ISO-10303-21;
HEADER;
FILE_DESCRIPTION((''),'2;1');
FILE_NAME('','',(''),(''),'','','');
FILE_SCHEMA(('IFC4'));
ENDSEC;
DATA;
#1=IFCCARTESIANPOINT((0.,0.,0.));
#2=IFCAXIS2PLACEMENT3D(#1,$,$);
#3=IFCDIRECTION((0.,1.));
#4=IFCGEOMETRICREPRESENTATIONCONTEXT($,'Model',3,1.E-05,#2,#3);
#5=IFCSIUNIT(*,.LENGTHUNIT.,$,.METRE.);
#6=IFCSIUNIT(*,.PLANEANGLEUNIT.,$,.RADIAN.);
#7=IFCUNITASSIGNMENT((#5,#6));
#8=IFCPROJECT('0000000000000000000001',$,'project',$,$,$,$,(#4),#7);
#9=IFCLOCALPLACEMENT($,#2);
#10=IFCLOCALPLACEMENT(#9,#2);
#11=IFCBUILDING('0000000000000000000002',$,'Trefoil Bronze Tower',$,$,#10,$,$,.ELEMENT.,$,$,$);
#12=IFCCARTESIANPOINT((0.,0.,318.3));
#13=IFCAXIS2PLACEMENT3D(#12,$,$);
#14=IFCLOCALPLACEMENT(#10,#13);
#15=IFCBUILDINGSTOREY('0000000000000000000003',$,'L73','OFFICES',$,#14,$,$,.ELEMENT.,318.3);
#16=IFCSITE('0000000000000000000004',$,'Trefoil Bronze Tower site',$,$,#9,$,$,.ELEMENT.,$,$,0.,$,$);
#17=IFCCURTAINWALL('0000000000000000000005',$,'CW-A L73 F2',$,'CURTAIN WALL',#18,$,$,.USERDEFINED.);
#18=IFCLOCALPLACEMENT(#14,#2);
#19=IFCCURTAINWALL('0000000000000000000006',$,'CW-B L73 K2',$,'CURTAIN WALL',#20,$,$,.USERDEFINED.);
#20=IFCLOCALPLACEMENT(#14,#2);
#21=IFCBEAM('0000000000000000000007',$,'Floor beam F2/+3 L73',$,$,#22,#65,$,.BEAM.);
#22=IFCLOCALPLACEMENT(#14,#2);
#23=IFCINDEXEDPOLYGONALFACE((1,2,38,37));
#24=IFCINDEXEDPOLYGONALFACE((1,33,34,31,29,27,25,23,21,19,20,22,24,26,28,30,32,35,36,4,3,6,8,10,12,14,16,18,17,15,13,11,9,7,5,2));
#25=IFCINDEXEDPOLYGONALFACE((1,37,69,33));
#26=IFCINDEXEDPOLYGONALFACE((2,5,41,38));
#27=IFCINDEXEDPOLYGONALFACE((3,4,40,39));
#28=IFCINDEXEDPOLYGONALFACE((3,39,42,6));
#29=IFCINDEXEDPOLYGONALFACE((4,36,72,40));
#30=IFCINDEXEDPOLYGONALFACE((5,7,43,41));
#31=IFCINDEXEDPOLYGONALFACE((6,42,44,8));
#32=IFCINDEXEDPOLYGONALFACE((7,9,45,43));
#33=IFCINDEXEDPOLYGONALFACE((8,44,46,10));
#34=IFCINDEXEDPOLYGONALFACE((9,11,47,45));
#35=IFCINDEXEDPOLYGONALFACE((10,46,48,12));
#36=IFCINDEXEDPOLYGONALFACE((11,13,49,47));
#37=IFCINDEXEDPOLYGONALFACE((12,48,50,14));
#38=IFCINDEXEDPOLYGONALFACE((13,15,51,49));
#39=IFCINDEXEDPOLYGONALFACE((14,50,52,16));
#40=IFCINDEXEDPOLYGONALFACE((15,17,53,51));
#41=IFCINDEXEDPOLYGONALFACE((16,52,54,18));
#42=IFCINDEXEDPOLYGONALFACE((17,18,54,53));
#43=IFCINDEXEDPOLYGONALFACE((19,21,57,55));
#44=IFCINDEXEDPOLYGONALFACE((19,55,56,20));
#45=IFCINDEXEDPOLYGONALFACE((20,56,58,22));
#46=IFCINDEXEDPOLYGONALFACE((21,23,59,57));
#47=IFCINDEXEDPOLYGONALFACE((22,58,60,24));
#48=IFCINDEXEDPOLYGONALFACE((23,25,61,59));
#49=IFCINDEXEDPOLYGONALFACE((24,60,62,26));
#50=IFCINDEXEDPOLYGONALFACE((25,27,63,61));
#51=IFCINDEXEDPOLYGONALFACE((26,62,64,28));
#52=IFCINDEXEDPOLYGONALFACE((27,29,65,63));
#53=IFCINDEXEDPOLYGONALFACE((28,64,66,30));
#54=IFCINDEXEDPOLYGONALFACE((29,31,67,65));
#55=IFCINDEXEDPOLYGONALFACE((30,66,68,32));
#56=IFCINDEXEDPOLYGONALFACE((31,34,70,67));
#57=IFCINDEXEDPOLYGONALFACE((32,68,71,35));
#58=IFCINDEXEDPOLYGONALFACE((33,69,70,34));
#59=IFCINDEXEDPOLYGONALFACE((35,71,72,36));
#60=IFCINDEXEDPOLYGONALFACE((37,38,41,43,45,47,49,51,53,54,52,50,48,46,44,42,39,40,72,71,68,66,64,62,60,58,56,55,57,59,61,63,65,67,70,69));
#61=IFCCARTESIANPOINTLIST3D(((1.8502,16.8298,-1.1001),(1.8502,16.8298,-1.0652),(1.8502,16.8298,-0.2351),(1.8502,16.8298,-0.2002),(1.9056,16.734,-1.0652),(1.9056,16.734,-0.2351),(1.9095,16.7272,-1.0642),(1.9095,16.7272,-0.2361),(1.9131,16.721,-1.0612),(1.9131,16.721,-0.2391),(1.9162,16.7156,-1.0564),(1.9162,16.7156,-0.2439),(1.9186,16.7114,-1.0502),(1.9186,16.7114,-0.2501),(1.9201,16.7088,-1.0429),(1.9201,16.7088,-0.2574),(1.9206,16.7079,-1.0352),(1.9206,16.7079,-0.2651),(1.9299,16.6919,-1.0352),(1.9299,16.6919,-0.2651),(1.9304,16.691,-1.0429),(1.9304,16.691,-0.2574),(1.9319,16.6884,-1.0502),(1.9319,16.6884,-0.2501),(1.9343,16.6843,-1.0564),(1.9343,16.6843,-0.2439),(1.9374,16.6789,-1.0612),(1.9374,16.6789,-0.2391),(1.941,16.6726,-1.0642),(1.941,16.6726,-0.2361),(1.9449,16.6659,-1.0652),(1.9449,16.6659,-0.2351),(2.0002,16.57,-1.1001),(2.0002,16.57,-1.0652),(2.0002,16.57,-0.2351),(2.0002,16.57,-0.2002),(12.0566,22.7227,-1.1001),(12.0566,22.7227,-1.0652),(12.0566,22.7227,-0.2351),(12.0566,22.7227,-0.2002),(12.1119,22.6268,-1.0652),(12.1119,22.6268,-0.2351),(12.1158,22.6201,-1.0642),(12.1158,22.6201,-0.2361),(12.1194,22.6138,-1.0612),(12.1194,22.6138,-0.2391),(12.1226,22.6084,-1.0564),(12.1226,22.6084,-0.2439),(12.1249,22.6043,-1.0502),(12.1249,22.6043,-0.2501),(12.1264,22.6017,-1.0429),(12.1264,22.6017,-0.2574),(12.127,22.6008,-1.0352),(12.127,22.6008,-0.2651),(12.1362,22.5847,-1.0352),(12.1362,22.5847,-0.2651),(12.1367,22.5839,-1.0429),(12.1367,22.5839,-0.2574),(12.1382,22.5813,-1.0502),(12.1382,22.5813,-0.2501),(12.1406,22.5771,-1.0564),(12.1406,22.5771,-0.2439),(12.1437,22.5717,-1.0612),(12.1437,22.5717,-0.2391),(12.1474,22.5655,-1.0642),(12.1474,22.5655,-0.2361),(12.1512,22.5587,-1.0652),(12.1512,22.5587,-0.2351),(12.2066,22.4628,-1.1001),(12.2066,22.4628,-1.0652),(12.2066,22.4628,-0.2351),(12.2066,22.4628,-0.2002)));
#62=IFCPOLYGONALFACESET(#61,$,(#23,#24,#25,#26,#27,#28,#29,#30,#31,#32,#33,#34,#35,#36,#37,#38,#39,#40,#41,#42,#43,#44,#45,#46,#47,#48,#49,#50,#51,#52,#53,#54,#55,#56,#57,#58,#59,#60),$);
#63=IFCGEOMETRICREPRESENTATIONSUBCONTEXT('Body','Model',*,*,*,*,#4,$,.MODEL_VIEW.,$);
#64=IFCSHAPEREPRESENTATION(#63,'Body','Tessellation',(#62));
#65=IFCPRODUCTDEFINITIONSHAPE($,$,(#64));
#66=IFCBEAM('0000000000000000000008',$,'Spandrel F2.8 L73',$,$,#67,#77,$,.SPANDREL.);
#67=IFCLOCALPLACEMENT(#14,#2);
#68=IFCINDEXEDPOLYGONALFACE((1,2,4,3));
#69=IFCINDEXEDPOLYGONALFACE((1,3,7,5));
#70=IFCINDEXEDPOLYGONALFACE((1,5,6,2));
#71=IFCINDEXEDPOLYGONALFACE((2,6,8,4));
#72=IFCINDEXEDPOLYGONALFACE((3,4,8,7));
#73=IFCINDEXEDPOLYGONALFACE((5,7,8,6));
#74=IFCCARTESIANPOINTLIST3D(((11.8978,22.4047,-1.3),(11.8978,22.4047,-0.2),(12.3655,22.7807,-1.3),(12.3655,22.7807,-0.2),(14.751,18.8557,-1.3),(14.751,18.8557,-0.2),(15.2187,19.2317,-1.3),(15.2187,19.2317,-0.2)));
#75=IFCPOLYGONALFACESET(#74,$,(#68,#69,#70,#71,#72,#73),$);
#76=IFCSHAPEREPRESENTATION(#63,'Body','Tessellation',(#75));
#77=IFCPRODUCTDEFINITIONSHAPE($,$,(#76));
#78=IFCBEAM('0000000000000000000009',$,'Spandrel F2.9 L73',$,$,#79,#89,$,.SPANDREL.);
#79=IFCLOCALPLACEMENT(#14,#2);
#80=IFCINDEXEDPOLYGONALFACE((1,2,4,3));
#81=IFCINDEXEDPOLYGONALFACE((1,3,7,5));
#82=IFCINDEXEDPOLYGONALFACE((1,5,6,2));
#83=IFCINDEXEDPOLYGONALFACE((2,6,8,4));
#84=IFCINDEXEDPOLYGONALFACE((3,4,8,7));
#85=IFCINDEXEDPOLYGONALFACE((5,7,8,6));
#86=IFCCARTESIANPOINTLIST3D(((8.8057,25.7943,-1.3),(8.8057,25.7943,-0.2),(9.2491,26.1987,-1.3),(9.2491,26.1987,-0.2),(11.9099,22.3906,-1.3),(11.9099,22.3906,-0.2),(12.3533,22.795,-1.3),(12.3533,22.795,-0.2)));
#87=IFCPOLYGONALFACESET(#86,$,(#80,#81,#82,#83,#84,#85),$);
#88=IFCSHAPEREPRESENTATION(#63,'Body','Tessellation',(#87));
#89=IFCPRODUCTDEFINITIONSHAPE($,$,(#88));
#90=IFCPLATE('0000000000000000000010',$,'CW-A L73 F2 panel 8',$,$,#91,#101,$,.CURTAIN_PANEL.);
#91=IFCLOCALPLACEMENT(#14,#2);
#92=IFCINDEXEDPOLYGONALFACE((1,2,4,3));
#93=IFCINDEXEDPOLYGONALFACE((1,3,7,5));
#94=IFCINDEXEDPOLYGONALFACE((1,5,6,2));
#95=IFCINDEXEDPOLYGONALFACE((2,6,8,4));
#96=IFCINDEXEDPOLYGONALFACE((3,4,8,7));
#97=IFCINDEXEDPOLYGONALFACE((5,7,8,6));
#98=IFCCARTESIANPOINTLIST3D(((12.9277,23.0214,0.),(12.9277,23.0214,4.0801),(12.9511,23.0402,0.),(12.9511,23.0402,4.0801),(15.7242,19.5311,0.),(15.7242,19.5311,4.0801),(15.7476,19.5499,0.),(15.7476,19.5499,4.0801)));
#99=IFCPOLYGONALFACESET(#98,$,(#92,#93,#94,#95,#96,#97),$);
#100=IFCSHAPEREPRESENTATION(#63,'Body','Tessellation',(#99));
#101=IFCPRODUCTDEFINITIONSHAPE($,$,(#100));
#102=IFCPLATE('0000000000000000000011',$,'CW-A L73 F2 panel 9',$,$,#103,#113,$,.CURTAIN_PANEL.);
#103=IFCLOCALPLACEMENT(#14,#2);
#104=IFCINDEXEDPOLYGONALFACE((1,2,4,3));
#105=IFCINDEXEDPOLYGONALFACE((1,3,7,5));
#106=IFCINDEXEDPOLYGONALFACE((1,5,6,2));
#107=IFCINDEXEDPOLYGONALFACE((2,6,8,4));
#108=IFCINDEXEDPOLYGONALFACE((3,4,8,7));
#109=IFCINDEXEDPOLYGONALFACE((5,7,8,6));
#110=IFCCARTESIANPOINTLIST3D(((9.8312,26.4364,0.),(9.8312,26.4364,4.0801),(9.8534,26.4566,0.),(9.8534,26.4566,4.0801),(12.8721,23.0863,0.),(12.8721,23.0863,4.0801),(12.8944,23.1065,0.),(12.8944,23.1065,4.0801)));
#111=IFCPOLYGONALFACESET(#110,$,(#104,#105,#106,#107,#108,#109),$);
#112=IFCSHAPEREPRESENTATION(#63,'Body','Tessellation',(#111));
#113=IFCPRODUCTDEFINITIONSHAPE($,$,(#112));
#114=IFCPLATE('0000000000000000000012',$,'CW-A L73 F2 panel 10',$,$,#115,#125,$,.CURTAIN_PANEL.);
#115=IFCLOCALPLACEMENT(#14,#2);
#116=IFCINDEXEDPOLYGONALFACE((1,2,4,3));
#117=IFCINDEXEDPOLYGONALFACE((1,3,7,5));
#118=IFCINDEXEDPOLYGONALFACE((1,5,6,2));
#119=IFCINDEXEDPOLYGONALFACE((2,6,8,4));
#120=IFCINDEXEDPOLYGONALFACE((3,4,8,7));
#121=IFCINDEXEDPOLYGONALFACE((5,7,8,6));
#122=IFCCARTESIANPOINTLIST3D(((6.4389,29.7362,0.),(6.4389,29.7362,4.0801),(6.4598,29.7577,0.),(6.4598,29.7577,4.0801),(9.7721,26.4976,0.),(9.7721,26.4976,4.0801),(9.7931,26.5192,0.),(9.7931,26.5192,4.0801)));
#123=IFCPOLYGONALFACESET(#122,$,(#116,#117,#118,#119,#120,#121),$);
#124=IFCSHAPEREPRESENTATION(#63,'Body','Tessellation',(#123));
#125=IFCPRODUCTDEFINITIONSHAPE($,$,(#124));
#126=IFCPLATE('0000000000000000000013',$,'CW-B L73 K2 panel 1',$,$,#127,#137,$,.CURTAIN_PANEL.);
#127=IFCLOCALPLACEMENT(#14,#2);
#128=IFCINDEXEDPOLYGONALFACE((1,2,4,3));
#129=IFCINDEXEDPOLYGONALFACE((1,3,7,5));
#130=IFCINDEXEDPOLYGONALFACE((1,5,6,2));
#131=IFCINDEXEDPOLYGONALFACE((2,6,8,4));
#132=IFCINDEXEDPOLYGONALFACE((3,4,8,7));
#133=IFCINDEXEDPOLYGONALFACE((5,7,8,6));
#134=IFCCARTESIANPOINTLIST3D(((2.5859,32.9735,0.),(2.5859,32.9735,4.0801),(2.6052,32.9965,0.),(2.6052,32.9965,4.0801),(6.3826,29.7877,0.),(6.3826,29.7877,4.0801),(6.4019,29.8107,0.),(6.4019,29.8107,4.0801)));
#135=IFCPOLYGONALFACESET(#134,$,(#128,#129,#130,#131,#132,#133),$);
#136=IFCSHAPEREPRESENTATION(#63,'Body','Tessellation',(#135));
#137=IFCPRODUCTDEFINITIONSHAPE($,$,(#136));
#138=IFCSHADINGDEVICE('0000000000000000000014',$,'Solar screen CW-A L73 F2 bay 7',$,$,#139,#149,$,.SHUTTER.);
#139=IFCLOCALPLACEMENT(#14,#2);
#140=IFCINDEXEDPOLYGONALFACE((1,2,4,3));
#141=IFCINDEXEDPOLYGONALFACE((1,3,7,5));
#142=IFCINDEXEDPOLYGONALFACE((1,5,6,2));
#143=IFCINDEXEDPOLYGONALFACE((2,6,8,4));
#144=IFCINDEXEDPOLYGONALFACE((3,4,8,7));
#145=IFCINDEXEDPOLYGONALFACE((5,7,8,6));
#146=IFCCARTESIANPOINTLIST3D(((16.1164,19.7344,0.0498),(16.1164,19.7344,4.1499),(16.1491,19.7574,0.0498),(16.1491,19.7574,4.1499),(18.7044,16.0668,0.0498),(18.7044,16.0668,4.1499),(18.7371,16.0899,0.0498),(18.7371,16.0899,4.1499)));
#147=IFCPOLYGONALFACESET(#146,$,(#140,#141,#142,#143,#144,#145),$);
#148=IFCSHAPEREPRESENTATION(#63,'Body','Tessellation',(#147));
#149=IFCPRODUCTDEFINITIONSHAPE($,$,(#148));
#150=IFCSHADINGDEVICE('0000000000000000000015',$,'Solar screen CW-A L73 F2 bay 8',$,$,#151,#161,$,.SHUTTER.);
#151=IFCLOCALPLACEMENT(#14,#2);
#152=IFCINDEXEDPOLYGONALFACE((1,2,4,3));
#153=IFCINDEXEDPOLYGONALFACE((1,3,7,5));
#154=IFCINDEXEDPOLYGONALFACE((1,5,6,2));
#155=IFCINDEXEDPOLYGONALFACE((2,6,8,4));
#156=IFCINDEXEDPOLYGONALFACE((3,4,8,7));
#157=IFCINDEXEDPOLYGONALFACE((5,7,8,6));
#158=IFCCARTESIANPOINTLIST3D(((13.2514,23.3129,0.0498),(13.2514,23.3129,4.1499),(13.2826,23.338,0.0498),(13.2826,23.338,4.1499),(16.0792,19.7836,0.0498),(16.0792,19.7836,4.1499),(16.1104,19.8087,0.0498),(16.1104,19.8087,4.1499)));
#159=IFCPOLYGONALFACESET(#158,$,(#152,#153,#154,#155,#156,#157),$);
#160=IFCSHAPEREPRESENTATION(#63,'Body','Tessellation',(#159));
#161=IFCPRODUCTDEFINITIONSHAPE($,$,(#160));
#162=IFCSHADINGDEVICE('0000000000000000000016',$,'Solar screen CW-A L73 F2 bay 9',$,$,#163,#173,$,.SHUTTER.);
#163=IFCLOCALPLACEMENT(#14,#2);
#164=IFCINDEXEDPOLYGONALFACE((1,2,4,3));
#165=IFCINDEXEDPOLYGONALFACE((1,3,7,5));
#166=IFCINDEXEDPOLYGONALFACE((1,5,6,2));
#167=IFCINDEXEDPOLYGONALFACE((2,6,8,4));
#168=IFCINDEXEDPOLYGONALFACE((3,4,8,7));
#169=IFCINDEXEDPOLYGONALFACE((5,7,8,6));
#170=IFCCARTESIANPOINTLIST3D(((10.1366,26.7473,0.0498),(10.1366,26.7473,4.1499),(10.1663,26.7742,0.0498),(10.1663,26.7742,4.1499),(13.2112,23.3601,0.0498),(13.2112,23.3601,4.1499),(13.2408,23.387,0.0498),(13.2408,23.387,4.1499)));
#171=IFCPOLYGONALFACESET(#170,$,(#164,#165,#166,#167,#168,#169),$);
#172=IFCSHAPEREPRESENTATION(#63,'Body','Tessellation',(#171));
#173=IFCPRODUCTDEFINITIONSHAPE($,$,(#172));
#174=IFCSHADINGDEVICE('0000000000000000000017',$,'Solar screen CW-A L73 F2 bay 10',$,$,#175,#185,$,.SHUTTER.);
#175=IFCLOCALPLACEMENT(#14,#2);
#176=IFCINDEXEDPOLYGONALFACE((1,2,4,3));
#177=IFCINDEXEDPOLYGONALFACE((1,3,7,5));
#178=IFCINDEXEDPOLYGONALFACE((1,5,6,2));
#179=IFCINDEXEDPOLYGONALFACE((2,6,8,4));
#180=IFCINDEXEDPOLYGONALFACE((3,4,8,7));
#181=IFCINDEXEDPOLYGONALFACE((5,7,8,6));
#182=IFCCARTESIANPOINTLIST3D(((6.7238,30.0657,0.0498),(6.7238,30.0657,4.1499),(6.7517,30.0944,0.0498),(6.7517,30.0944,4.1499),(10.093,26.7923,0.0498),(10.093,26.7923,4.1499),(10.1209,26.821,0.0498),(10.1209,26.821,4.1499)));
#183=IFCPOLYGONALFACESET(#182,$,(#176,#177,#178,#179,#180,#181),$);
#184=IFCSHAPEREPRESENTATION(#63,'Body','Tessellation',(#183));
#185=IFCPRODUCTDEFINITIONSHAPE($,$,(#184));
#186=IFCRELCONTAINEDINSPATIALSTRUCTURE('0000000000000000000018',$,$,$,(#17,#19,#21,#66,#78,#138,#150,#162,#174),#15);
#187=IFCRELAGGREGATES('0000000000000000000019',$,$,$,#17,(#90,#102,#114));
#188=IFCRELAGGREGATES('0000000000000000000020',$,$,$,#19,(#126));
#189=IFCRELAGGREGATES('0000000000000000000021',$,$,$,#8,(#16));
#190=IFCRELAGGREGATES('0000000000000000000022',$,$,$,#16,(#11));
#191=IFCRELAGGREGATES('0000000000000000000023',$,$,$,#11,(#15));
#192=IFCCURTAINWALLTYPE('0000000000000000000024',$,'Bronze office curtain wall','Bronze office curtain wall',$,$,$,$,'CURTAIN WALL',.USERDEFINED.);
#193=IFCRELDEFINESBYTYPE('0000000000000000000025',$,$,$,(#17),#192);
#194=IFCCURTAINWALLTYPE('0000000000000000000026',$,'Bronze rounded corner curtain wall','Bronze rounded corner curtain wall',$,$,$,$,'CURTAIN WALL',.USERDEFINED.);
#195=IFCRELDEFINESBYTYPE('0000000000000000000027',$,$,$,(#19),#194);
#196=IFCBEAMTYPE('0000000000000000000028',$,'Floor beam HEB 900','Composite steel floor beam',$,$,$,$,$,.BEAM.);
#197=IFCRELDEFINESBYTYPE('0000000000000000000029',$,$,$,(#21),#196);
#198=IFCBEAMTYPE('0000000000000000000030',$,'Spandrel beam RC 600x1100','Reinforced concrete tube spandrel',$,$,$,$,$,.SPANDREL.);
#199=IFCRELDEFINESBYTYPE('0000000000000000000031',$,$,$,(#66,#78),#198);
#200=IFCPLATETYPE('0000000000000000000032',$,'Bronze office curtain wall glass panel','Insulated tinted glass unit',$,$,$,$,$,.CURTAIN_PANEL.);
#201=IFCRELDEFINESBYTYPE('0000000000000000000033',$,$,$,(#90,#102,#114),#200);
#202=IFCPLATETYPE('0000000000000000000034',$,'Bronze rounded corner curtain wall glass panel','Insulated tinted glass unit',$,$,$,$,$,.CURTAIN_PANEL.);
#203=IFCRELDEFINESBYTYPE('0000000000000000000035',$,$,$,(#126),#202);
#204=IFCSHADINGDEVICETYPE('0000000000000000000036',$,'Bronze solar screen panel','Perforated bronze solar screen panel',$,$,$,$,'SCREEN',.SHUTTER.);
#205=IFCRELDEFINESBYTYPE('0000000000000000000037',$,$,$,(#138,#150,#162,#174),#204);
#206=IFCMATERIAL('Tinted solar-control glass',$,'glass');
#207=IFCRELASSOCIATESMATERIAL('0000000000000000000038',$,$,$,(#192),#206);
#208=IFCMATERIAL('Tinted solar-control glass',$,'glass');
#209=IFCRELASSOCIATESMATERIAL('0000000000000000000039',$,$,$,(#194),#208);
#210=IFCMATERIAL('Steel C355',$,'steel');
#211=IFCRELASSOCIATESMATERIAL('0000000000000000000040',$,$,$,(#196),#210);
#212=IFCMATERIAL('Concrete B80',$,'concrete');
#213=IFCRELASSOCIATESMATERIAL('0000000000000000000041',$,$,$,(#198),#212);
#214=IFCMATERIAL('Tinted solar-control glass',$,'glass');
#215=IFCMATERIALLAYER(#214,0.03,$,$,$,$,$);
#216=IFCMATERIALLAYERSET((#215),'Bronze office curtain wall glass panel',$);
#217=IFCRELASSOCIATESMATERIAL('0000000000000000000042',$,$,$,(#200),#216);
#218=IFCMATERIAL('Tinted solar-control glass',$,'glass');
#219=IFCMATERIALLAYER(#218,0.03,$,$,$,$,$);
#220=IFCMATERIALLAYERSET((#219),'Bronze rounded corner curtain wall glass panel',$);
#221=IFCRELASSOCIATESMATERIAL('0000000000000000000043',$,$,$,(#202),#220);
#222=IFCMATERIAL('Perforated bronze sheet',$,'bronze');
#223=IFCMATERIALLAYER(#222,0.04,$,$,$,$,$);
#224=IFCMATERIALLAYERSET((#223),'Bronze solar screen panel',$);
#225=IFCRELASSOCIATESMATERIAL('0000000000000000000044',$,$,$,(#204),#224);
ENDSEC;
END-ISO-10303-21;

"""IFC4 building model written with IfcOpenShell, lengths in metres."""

from ifc_helpers import new_model, si_unit, direction, frame, origin, origin_2d, place, context, subcontext, project, spatial, rectangle, i_section, extrude, material, layer, layer_set, material_profile, profile_set, type_object, element, aggregate, save


model = new_model("IFC4")

# Units and contexts
model_context = context("Model", 3, precision=1e-05, world=origin(), true_north=direction((0.0, 1.0)))
body_context = subcontext(model_context, "Body", "Model", "MODEL_VIEW")
ifc_project = project(units=[si_unit("LENGTHUNIT", "METRE"), si_unit("PLANEANGLEUNIT", "RADIAN")], contexts=[model_context])

# Site, building, storey
site_placement = place(None, origin())
site = spatial("IfcSite", under=ifc_project, at=site_placement, Name="Trefoil Bronze Tower site", CompositionType="ELEMENT", RefElevation=0.0)
building_placement = place(site_placement, origin())
building = spatial("IfcBuilding", under=site, at=building_placement, Name="Trefoil Bronze Tower", CompositionType="ELEMENT")
storey_placement = place(building_placement, frame((0.0, 0.0, 318.3)))
storey = spatial("IfcBuildingStorey", under=building, at=storey_placement, Name="L73", Description="OFFICES", CompositionType="ELEMENT", Elevation=318.3)

# Curtain walls
ifc_material_1 = material(Name="Tinted solar-control glass", Category="glass")
curtain_wall_type_1 = type_object("IfcCurtainWallType", Name="Bronze office curtain wall", Description="Bronze office curtain wall", ElementType="CURTAIN WALL", PredefinedType="USERDEFINED", material=ifc_material_1)
curtain_wall_1_placement = place(storey_placement, origin())
curtain_wall_1 = element("IfcCurtainWall", 1, at=curtain_wall_1_placement, inside=storey, type_object=curtain_wall_type_1, Name="CW-A L73 F2", ObjectType="CURTAIN WALL", PredefinedType="USERDEFINED")
ifc_material_2 = material(Name="Tinted solar-control glass", Category="glass")
curtain_wall_type_2 = type_object("IfcCurtainWallType", Name="Bronze rounded corner curtain wall", Description="Bronze rounded corner curtain wall", ElementType="CURTAIN WALL", PredefinedType="USERDEFINED", material=ifc_material_2)
curtain_wall_2_placement = place(storey_placement, origin())
curtain_wall_2 = element("IfcCurtainWall", 2, at=curtain_wall_2_placement, inside=storey, type_object=curtain_wall_type_2, Name="CW-B L73 K2", ObjectType="CURTAIN WALL", PredefinedType="USERDEFINED")

# Beams
ifc_material_3 = material(Name="Steel C355", Category="steel")
ifc_material_profile_1 = material_profile(ifc_material_3, i_section(OverallWidth=0.3, OverallDepth=0.8999, WebThickness=0.0186, FlangeThickness=0.0349, FilletRadius=0.03, at=origin_2d()), Name="HEB 900")
ifc_profile_set_1 = profile_set([ifc_material_profile_1], Name="Steel C355")
beam_type_1 = type_object("IfcBeamType", Name="Floor beam HEB 900", Description="Composite steel floor beam", PredefinedType="BEAM", material=ifc_profile_set_1)
beam_1_placement = place(storey_placement, frame((12.1316, 22.5928, -0.6501), z_axis=(-0.866018, -0.500014, 0.0), x_axis=(0.500014, -0.866018, 0.0)))
element("IfcBeam", 3, at=beam_1_placement, inside=storey, type_object=beam_type_1, Name="Floor beam F2/+3 L73", PredefinedType="BEAM", context=body_context, shape_type="SweptSolid", body=[
    extrude(i_section(OverallWidth=0.3, OverallDepth=0.8999, WebThickness=0.0186, FlangeThickness=0.0349, FilletRadius=0.03, at=origin_2d()), origin(), (0.0, 0.0, 1.0), 11.7854),
])
ifc_material_4 = material(Name="Concrete B80", Category="concrete")
ifc_material_profile_2 = material_profile(ifc_material_4, rectangle(XDim=0.6001, YDim=1.1001, at=origin_2d()), Name="RC 600x1100")
ifc_profile_set_2 = profile_set([ifc_material_profile_2], Name="Concrete B80")
beam_type_2 = type_object("IfcBeamType", Name="Spandrel beam RC 600x1100", Description="Reinforced concrete tube spandrel", PredefinedType="SPANDREL", material=ifc_profile_set_2)
beam_2_placement = place(storey_placement, frame((14.9849, 19.0437, -0.75), z_axis=(-0.62657, 0.779365, 0.0), x_axis=(-0.779365, -0.62657, 0.0)))
element("IfcBeam", 4, at=beam_2_placement, inside=storey, type_object=beam_type_2, Name="Spandrel F2.8 L73", PredefinedType="SPANDREL", context=body_context, shape_type="SweptSolid", body=[
    extrude(rectangle(XDim=0.6001, YDim=1.1001, at=origin_2d()), origin(), (0.0, 0.0, 1.0), 4.5537),
])
beam_3_placement = place(storey_placement, frame((12.1316, 22.5928, -0.75), z_axis=(-0.673846, 0.738872, 0.0), x_axis=(-0.738872, -0.673846, 0.0)))
element("IfcBeam", 5, at=beam_3_placement, inside=storey, type_object=beam_type_2, Name="Spandrel F2.9 L73", PredefinedType="SPANDREL", context=body_context, shape_type="SweptSolid", body=[
    extrude(rectangle(XDim=0.6001, YDim=1.1001, at=origin_2d()), origin(), (0.0, 0.0, 1.0), 4.6067),
])

# Plates
ifc_material_5 = material(Name="Tinted solar-control glass", Category="glass")
ifc_layer_1 = layer(ifc_material_5, 0.03)
ifc_layer_set_1 = layer_set([ifc_layer_1], Name="Bronze office curtain wall glass panel")
plate_type_1 = type_object("IfcPlateType", Name="Bronze office curtain wall glass panel", Description="Insulated tinted glass unit", PredefinedType="CURTAIN_PANEL", material=ifc_layer_set_1)
plate_1_placement = place(storey_placement, frame((14.3376, 21.2856, 0.0), z_axis=(0.0, 0.0, 1.0), x_axis=(-0.625287, 0.780395, 0.0)))
plate_1 = element("IfcPlate", 6, at=plate_1_placement, type_object=plate_type_1, Name="CW-A L73 F2 panel 8", PredefinedType="CURTAIN_PANEL", context=body_context, shape_type="SweptSolid", body=[
    extrude(rectangle(XDim=4.4724, YDim=0.03, at=origin_2d()), origin(), (0.0, 0.0, 1.0), 4.0801),
])
plate_2_placement = place(storey_placement, frame((11.3628, 24.7715, 0.0), z_axis=(0.0, 0.0, 1.0), x_axis=(-0.672115, 0.740447, 0.0)))
plate_2 = element("IfcPlate", 7, at=plate_2_placement, type_object=plate_type_1, Name="CW-A L73 F2 panel 9", PredefinedType="CURTAIN_PANEL", context=body_context, shape_type="SweptSolid", body=[
    extrude(rectangle(XDim=4.5244, YDim=0.03, at=origin_2d()), origin(), (0.0, 0.0, 1.0), 4.0801),
])
plate_3_placement = place(storey_placement, frame((8.116, 28.1277, 0.0), z_axis=(0.0, 0.0, 1.0), x_axis=(-0.717218, 0.696849, 0.0)))
plate_3 = element("IfcPlate", 8, at=plate_3_placement, type_object=plate_type_1, Name="CW-A L73 F2 panel 10", PredefinedType="CURTAIN_PANEL", context=body_context, shape_type="SweptSolid", body=[
    extrude(rectangle(XDim=4.6475, YDim=0.03, at=origin_2d()), origin(), (0.0, 0.0, 1.0), 4.0801),
])
aggregate(curtain_wall_1, [plate_1, plate_2, plate_3])
ifc_material_6 = material(Name="Tinted solar-control glass", Category="glass")
ifc_layer_2 = layer(ifc_material_6, 0.03)
ifc_layer_set_2 = layer_set([ifc_layer_2], Name="Bronze rounded corner curtain wall glass panel")
plate_type_2 = type_object("IfcPlateType", Name="Bronze rounded corner curtain wall glass panel", Description="Insulated tinted glass unit", PredefinedType="CURTAIN_PANEL", material=ifc_layer_set_2)
plate_4_placement = place(storey_placement, frame((4.4939, 31.3921, 0.0), z_axis=(0.0, 0.0, 1.0), x_axis=(-0.766044, 0.642788, 0.0)))
plate_4 = element("IfcPlate", 9, at=plate_4_placement, type_object=plate_type_2, Name="CW-B L73 K2 panel 1", PredefinedType="CURTAIN_PANEL", context=body_context, shape_type="SweptSolid", body=[
    extrude(rectangle(XDim=4.9563, YDim=0.03, at=origin_2d()), origin(), (0.0, 0.0, 1.0), 4.0801),
])
aggregate(curtain_wall_2, [plate_4])

# Shading devices
ifc_material_7 = material(Name="Perforated bronze sheet", Category="bronze")
ifc_layer_3 = layer(ifc_material_7, 0.04)
ifc_layer_set_3 = layer_set([ifc_layer_3], Name="Bronze solar screen panel")
shading_device_type = type_object("IfcShadingDeviceType", Name="Bronze solar screen panel", Description="Perforated bronze solar screen panel", ElementType="SCREEN", PredefinedType="SHUTTER", material=ifc_layer_set_3)
shading_device_1_placement = place(storey_placement, frame((17.4268, 17.9121, 0.0498), z_axis=(0.0, 0.0, 1.0), x_axis=(-0.576561, 0.817054, 0.0)))
element("IfcShadingDevice", 10, at=shading_device_1_placement, inside=storey, type_object=shading_device_type, Name="Solar screen CW-A L73 F2 bay 7", PredefinedType="SHUTTER", context=body_context, shape_type="SweptSolid", body=[
    extrude(rectangle(XDim=4.4888, YDim=0.04, at=origin_2d()), origin(), (0.0, 0.0, 1.0), 4.1001),
])
shading_device_2_placement = place(storey_placement, frame((14.6809, 21.5608, 0.0498), z_axis=(0.0, 0.0, 1.0), x_axis=(-0.625287, 0.780395, 0.0)))
element("IfcShadingDevice", 11, at=shading_device_2_placement, inside=storey, type_object=shading_device_type, Name="Solar screen CW-A L73 F2 bay 8", PredefinedType="SHUTTER", context=body_context, shape_type="SweptSolid", body=[
    extrude(rectangle(XDim=4.5225, YDim=0.04, at=origin_2d()), origin(), (0.0, 0.0, 1.0), 4.1001),
])
shading_device_3_placement = place(storey_placement, frame((11.6887, 25.0671, 0.0498), z_axis=(0.0, 0.0, 1.0), x_axis=(-0.672115, 0.740447, 0.0)))
element("IfcShadingDevice", 12, at=shading_device_3_placement, inside=storey, type_object=shading_device_type, Name="Solar screen CW-A L73 F2 bay 9", PredefinedType="SHUTTER", context=body_context, shape_type="SweptSolid", body=[
    extrude(rectangle(XDim=4.5745, YDim=0.04, at=origin_2d()), origin(), (0.0, 0.0, 1.0), 4.1001),
])
shading_device_4_placement = place(storey_placement, frame((8.4224, 28.4434, 0.0498), z_axis=(0.0, 0.0, 1.0), x_axis=(-0.717218, 0.696849, 0.0)))
element("IfcShadingDevice", 13, at=shading_device_4_placement, inside=storey, type_object=shading_device_type, Name="Solar screen CW-A L73 F2 bay 10", PredefinedType="SHUTTER", context=body_context, shape_type="SweptSolid", body=[
    extrude(rectangle(XDim=4.6975, YDim=0.04, at=origin_2d()), origin(), (0.0, 0.0, 1.0), 4.1001),
])

save(model, "model.ifc")
